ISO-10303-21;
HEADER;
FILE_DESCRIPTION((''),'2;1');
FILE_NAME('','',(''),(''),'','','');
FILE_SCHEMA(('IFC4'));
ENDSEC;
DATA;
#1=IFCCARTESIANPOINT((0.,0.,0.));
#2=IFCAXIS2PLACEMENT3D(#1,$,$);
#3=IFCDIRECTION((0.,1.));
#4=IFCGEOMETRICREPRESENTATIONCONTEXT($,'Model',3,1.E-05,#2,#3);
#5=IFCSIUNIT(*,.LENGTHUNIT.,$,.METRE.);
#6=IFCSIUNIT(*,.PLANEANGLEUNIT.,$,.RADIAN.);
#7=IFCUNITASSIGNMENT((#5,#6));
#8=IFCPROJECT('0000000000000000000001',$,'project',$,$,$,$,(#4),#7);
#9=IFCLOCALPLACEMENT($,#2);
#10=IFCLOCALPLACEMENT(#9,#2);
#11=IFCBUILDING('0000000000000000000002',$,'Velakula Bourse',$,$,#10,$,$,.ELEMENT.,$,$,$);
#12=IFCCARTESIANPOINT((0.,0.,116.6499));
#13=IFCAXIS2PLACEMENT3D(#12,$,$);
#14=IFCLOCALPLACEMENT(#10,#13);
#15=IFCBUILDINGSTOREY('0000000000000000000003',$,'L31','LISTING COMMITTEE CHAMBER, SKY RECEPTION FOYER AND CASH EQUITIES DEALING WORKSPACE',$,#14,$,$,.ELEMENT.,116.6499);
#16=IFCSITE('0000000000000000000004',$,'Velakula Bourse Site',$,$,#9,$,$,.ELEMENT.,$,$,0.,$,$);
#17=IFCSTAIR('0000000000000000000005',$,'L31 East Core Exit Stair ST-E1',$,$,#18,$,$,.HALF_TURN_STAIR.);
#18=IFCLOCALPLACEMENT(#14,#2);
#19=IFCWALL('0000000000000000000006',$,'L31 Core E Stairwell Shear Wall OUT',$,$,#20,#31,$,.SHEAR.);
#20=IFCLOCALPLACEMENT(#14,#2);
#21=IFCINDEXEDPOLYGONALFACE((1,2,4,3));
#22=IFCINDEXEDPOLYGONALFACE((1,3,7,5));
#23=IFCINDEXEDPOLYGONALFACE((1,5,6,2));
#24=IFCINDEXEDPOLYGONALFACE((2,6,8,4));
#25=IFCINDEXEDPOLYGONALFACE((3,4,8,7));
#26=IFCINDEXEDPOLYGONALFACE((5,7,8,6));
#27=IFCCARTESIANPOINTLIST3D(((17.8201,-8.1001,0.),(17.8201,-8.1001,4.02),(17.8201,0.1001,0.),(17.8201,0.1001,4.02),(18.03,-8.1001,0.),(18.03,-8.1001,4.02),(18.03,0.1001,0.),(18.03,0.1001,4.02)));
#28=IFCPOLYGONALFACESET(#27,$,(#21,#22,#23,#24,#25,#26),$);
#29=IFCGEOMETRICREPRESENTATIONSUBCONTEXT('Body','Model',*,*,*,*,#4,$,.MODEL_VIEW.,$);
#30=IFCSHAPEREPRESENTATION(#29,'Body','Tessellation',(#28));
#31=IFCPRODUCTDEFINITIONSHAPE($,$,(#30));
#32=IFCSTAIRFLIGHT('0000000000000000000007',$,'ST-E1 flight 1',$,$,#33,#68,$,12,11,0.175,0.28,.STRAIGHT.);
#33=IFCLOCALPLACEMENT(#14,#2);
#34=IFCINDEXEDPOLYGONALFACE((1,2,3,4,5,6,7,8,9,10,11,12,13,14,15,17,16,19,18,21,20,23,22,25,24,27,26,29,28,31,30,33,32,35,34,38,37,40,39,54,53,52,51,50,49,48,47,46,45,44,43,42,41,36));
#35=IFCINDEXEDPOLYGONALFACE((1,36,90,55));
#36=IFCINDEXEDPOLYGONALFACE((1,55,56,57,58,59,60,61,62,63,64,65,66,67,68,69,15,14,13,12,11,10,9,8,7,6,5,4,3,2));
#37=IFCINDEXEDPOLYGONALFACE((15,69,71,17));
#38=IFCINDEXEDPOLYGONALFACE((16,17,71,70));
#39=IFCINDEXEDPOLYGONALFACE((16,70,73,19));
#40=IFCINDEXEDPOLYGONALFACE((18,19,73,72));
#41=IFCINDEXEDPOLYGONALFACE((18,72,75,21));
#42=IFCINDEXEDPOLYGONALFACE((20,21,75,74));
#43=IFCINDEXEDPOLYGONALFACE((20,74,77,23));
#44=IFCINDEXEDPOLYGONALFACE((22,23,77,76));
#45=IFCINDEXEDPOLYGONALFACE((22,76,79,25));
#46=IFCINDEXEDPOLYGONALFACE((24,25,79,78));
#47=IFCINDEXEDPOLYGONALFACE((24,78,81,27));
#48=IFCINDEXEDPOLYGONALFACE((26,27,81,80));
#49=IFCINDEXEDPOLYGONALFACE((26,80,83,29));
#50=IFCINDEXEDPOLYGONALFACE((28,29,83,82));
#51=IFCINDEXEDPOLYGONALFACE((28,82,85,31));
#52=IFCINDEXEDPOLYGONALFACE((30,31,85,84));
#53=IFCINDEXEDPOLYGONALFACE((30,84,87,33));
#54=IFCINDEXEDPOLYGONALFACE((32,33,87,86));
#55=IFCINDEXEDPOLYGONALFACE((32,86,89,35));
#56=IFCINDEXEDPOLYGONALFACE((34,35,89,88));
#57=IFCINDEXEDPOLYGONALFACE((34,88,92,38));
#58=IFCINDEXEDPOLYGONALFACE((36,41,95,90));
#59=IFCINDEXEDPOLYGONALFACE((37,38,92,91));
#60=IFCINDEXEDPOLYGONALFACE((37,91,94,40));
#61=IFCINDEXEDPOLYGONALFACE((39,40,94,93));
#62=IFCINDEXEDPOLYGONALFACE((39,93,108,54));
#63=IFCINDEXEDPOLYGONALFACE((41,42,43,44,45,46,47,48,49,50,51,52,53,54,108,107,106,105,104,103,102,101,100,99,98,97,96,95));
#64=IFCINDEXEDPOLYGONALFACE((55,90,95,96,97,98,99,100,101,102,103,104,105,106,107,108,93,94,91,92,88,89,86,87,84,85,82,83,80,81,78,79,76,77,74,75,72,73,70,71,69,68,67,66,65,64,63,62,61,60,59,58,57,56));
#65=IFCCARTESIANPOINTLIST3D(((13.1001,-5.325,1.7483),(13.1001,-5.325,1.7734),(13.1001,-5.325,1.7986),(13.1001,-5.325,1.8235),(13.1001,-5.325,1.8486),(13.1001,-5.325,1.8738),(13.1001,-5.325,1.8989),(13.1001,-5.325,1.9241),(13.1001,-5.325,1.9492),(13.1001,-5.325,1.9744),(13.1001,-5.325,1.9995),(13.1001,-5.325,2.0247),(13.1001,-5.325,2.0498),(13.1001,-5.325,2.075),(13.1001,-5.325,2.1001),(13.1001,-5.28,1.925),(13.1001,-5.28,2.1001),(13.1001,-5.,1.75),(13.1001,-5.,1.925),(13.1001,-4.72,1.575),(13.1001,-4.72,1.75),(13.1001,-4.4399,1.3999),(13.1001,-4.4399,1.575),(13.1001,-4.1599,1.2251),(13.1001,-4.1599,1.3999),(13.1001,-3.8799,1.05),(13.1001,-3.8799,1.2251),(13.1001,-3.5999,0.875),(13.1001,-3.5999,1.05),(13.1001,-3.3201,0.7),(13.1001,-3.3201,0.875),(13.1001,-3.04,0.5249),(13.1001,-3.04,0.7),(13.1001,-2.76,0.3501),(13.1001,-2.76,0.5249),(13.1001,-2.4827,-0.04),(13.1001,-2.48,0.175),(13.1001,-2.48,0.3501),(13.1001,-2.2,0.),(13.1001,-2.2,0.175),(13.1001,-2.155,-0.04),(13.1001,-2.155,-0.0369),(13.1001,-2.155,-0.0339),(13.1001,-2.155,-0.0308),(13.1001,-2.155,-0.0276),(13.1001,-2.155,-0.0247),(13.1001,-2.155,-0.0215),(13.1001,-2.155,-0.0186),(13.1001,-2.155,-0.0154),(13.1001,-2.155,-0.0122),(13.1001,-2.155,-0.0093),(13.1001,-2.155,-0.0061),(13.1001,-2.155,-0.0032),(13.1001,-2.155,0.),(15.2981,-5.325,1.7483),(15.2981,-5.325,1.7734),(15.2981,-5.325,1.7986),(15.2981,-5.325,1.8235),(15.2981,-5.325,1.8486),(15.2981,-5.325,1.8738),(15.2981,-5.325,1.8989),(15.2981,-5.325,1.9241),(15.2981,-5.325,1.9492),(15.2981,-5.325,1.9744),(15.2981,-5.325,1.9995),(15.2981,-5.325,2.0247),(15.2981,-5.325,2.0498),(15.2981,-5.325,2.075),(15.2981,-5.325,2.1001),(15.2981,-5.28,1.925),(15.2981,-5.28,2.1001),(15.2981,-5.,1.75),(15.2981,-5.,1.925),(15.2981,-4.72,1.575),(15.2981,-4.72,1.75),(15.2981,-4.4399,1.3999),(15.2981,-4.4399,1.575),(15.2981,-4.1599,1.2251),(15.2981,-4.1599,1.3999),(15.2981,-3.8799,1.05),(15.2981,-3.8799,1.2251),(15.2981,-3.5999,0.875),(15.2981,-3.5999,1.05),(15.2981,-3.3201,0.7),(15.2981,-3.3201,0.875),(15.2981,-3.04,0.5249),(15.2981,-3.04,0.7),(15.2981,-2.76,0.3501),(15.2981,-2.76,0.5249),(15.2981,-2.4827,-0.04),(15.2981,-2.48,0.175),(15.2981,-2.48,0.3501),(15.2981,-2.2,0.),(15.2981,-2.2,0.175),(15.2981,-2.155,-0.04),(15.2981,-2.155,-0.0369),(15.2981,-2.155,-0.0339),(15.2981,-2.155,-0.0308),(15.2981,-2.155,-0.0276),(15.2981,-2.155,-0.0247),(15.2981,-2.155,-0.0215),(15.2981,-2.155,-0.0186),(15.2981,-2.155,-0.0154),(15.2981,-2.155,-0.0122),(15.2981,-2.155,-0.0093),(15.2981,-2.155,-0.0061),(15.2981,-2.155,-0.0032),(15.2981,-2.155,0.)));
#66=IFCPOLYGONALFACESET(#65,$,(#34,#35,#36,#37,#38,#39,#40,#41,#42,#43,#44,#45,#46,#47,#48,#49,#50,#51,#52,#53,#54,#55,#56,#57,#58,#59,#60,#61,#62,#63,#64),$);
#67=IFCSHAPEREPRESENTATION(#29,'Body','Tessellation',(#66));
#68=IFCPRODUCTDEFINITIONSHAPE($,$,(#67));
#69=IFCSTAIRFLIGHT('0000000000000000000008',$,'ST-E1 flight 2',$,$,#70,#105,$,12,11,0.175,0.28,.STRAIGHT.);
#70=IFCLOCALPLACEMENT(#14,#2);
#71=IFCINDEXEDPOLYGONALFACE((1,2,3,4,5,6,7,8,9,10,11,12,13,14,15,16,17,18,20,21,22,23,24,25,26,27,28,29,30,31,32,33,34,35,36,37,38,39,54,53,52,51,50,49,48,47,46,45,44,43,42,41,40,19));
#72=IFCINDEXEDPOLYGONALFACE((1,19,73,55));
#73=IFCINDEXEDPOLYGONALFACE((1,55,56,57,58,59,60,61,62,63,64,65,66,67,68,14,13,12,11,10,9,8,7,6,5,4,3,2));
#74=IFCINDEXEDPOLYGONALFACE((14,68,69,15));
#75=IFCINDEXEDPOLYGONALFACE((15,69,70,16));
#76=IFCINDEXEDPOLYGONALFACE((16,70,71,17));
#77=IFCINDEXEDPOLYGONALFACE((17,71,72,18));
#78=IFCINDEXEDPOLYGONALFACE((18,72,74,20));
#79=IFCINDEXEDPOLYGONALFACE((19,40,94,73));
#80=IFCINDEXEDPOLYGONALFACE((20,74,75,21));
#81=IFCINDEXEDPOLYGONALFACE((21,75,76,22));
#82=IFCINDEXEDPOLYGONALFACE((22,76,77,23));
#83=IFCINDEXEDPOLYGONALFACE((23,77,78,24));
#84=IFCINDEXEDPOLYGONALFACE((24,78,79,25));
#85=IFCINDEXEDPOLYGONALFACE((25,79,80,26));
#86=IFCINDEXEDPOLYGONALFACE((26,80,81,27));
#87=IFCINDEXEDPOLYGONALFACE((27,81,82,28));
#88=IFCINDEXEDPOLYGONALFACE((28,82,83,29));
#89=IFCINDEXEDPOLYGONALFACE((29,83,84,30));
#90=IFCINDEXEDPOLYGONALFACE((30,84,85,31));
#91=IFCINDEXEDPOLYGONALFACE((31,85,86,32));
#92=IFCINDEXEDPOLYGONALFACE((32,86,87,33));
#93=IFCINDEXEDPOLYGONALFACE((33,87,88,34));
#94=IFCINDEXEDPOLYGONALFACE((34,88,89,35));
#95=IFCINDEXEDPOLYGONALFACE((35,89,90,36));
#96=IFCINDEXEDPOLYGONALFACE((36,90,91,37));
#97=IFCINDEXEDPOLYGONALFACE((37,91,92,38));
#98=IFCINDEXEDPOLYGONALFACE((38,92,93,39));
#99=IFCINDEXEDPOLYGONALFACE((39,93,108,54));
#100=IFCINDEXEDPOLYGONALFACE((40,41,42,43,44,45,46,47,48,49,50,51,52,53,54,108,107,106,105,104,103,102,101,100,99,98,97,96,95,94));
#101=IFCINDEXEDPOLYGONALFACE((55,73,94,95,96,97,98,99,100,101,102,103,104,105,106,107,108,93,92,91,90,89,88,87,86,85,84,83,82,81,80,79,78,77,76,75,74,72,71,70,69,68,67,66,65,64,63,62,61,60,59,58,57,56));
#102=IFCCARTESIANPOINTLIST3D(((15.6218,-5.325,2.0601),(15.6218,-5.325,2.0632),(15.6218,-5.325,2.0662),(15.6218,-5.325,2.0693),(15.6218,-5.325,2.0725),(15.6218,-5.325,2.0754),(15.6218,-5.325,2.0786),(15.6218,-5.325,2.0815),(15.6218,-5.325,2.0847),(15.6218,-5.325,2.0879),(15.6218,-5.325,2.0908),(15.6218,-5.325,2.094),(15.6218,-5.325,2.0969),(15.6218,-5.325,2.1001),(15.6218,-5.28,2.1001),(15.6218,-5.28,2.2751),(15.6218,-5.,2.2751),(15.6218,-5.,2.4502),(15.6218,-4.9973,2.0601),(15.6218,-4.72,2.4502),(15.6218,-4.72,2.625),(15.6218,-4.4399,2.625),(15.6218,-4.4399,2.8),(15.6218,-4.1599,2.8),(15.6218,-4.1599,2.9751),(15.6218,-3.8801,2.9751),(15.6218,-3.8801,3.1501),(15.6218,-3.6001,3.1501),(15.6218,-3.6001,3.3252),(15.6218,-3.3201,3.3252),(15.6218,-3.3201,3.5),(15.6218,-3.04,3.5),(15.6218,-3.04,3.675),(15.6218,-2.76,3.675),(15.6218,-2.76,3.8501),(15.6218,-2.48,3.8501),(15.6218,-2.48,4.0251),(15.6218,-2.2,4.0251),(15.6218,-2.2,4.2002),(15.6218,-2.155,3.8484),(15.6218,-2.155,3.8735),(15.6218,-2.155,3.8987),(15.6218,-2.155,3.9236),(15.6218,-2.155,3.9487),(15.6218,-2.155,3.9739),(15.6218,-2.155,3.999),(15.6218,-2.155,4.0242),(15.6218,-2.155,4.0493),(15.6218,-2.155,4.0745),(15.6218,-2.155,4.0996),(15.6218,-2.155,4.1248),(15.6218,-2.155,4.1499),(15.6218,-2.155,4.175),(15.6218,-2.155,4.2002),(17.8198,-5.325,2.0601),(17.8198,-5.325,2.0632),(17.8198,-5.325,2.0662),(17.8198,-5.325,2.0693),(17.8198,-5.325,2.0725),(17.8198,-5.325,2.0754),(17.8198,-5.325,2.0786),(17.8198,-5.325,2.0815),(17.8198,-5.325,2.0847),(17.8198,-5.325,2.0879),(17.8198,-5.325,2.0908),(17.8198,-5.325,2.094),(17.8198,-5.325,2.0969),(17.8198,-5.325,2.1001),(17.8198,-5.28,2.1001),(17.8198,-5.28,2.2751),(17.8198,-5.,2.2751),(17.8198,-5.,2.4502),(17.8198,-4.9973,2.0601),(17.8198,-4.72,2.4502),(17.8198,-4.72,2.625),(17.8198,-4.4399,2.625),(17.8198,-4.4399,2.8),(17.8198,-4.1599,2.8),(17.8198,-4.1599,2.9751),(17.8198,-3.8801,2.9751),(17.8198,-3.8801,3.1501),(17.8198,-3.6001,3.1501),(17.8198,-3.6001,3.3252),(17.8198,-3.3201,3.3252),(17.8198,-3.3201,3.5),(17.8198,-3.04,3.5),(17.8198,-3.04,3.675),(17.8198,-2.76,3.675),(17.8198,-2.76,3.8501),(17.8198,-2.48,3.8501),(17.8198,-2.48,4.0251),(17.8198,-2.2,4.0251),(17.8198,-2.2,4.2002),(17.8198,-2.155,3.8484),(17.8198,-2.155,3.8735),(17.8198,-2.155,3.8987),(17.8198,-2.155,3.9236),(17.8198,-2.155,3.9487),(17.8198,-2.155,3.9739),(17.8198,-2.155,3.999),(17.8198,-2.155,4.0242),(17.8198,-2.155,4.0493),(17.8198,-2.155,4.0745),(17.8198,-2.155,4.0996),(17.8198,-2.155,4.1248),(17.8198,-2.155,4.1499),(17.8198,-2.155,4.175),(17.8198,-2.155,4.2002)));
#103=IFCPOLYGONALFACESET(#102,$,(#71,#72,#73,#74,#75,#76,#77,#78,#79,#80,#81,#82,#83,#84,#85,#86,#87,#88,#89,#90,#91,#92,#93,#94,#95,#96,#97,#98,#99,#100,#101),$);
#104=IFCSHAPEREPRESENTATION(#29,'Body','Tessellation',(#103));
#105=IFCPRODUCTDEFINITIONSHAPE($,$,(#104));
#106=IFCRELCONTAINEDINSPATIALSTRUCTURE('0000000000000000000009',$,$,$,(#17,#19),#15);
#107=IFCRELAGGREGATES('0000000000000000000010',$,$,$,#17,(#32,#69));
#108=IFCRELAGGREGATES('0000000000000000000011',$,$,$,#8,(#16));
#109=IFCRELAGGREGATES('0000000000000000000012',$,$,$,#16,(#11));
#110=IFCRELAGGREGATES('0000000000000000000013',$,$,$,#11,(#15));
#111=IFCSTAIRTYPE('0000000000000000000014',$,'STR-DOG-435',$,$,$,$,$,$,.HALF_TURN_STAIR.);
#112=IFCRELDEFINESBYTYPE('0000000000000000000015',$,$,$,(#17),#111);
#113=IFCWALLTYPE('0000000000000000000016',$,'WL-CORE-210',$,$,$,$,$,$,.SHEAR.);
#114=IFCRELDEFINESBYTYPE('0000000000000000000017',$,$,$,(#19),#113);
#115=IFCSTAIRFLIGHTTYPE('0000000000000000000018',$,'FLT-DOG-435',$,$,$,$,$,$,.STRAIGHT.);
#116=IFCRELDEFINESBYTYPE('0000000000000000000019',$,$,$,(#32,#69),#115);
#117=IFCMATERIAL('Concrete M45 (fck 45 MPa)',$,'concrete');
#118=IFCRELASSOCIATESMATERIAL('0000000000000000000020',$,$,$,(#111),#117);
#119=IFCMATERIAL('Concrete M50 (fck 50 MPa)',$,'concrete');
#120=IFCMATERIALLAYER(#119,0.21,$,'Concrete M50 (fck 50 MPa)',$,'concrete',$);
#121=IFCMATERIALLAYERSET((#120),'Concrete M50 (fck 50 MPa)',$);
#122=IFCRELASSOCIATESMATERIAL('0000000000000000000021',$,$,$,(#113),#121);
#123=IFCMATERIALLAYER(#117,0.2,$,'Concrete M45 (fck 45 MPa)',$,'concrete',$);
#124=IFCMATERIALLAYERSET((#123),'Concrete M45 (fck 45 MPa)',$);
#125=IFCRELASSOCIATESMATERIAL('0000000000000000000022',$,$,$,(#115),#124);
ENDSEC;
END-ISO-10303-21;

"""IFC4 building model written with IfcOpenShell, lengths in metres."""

from ifc_helpers import new_model, si_unit, direction, frame, frame_2d, origin, place, context, subcontext, project, spatial, polyline, rectangle, outline, extrude, material, layer, layer_set, type_object, element, aggregate, save


model = new_model("IFC4")

# Units and contexts
model_context = context("Model", 3, precision=1e-05, world=origin(), true_north=direction((0.0, 1.0)))
body_context = subcontext(model_context, "Body", "Model", "MODEL_VIEW")
ifc_project = project(units=[si_unit("LENGTHUNIT", "METRE"), si_unit("PLANEANGLEUNIT", "RADIAN")], contexts=[model_context])

# Site, building, storey
site_placement = place(None, origin())
site = spatial("IfcSite", under=ifc_project, at=site_placement, Name="Velakula Bourse Site", CompositionType="ELEMENT", RefElevation=0.0)
building_placement = place(site_placement, origin())
building = spatial("IfcBuilding", under=site, at=building_placement, Name="Velakula Bourse", CompositionType="ELEMENT")
storey_placement = place(building_placement, frame((0.0, 0.0, 116.6499)))
storey = spatial("IfcBuildingStorey", under=building, at=storey_placement, Name="L31", Description="LISTING COMMITTEE CHAMBER, SKY RECEPTION FOYER AND CASH EQUITIES DEALING WORKSPACE", CompositionType="ELEMENT", Elevation=116.6499)

# Shared definitions
ifc_material_1 = material(Name="Concrete M50 (fck 50 MPa)", Category="concrete")

# Stair
ifc_material_2 = material(Name="Concrete M45 (fck 45 MPa)", Category="concrete")
stair_type = type_object("IfcStairType", Name="STR-DOG-435", PredefinedType="HALF_TURN_STAIR", material=ifc_material_2)
stair_1_placement = place(storey_placement, origin())
stair_1 = element("IfcStair", 1, at=stair_1_placement, inside=storey, type_object=stair_type, Name="L31 East Core Exit Stair ST-E1", PredefinedType="HALF_TURN_STAIR")

# Shared definitions
ifc_layer_1 = layer(ifc_material_1, 0.21, Name="Concrete M50 (fck 50 MPa)", Category="concrete")
ifc_layer_set_1 = layer_set([ifc_layer_1], Name="Concrete M50 (fck 50 MPa)")
wall_type_1 = type_object("IfcWallType", Name="WL-CORE-210", PredefinedType="SHEAR", material=ifc_layer_set_1)

# Wall
wall_1_placement = place(storey_placement, frame((17.925, -8.1001, 0.0), z_axis=(0.0, 0.0, 1.0), x_axis=(0.0, 1.0, 0.0)))
element("IfcWall", 2, at=wall_1_placement, inside=storey, type_object=wall_type_1, Name="L31 Core E Stairwell Shear Wall OUT", PredefinedType="SHEAR", context=body_context, shape_type="SweptSolid", body=[
    extrude(rectangle(XDim=8.2002, YDim=0.21, at=frame_2d((4.1001, 0.0))), origin(), (0.0, 0.0, 1.0), 4.02),
])

# Stair flights
ifc_layer_2 = layer(ifc_material_2, 0.2, Name="Concrete M45 (fck 45 MPa)", Category="concrete")
ifc_layer_set_2 = layer_set([ifc_layer_2], Name="Concrete M45 (fck 45 MPa)")
stair_flight_type = type_object("IfcStairFlightType", Name="FLT-DOG-435", PredefinedType="STRAIGHT", material=ifc_layer_set_2)
stair_flight_1_placement = place(storey_placement, frame((14.199, -2.2, 0.0), z_axis=(0.0, 0.0, 1.0), x_axis=(0.0, -1.0, 0.0)))
stair_flight_1 = element("IfcStairFlight", 3, at=stair_flight_1_placement, type_object=stair_flight_type, Name="ST-E1 flight 1", NumberOfRisers=12, NumberOfTreads=11, PredefinedType="STRAIGHT", RiserHeight=0.175, TreadLength=0.28, context=body_context, shape_type="SweptSolid", body=[
    extrude(outline(polyline([(-0.0449, -0.04), (-0.0449, -0.0369), (-0.0449, -0.0339), (-0.0449, -0.0308), (-0.0449, -0.0276), (-0.0449, -0.0247), (-0.0449, -0.0215), (-0.0449, -0.0186), (-0.0449, -0.0154), (-0.0449, -0.0122), (-0.0449, -0.0093), (-0.0449, -0.0061), (-0.0449, -0.0032), (-0.0449, 0.0), (0.0, 0.0), (0.0, 0.175), (0.28, 0.175), (0.28, 0.3501), (0.5601, 0.3501), (0.5601, 0.5249), (0.8401, 0.5249), (0.8401, 0.7), (1.1201, 0.7), (1.1201, 0.875), (1.3999, 0.875), (1.3999, 1.05), (1.6799, 1.05), (1.6799, 1.2251), (1.96, 1.2251), (1.96, 1.3999), (2.24, 1.3999), (2.24, 1.575), (2.52, 1.575), (2.52, 1.75), (2.8, 1.75), (2.8, 1.925), (3.0801, 1.925), (3.0801, 2.1001), (3.125, 2.1001), (3.125, 2.075), (3.125, 2.0498), (3.125, 2.0247), (3.125, 1.9995), (3.125, 1.9744), (3.125, 1.9492), (3.125, 1.9241), (3.125, 1.8989), (3.125, 1.8738), (3.125, 1.8486), (3.125, 1.8235), (3.125, 1.7986), (3.125, 1.7734), (3.125, 1.7483), (0.2827, -0.04), (-0.0449, -0.04)])), frame((0.0, 1.0991, 0.0), z_axis=(0.0, -1.0, 0.0), x_axis=(1.0, 0.0, 0.0)), (0.0, 0.0, 1.0), 2.198),
])
stair_flight_2_placement = place(storey_placement, frame((16.7209, -5.28, 2.1001), z_axis=(0.0, 0.0, 1.0), x_axis=(0.0, 1.0, 0.0)))
stair_flight_2 = element("IfcStairFlight", 4, at=stair_flight_2_placement, type_object=stair_flight_type, Name="ST-E1 flight 2", NumberOfRisers=12, NumberOfTreads=11, PredefinedType="STRAIGHT", RiserHeight=0.175, TreadLength=0.28, context=body_context, shape_type="SweptSolid", body=[
    extrude(outline(polyline([(-0.0449, -0.04), (-0.0449, -0.0369), (-0.0449, -0.0339), (-0.0449, -0.0308), (-0.0449, -0.0276), (-0.0449, -0.0247), (-0.0449, -0.0215), (-0.0449, -0.0186), (-0.0449, -0.0154), (-0.0449, -0.0122), (-0.0449, -0.0093), (-0.0449, -0.0061), (-0.0449, -0.0032), (-0.0449, 0.0), (0.0, 0.0), (0.0, 0.175), (0.28, 0.175), (0.28, 0.3501), (0.5601, 0.3501), (0.5601, 0.5249), (0.8401, 0.5249), (0.8401, 0.7), (1.1201, 0.7), (1.1201, 0.875), (1.3999, 0.875), (1.3999, 1.05), (1.6799, 1.05), (1.6799, 1.2251), (1.96, 1.2251), (1.96, 1.3999), (2.24, 1.3999), (2.24, 1.575), (2.52, 1.575), (2.52, 1.75), (2.8, 1.75), (2.8, 1.925), (3.0801, 1.925), (3.0801, 2.1001), (3.125, 2.1001), (3.125, 2.075), (3.125, 2.0498), (3.125, 2.0247), (3.125, 1.9995), (3.125, 1.9744), (3.125, 1.9492), (3.125, 1.9241), (3.125, 1.8989), (3.125, 1.8738), (3.125, 1.8486), (3.125, 1.8235), (3.125, 1.7986), (3.125, 1.7734), (3.125, 1.7483), (0.2827, -0.04), (-0.0449, -0.04)])), frame((0.0, 1.0991, 0.0), z_axis=(0.0, -1.0, 0.0), x_axis=(1.0, 0.0, 0.0)), (0.0, 0.0, 1.0), 2.198),
])
aggregate(stair_1, [stair_flight_1, stair_flight_2])

save(model, "model.ifc")
